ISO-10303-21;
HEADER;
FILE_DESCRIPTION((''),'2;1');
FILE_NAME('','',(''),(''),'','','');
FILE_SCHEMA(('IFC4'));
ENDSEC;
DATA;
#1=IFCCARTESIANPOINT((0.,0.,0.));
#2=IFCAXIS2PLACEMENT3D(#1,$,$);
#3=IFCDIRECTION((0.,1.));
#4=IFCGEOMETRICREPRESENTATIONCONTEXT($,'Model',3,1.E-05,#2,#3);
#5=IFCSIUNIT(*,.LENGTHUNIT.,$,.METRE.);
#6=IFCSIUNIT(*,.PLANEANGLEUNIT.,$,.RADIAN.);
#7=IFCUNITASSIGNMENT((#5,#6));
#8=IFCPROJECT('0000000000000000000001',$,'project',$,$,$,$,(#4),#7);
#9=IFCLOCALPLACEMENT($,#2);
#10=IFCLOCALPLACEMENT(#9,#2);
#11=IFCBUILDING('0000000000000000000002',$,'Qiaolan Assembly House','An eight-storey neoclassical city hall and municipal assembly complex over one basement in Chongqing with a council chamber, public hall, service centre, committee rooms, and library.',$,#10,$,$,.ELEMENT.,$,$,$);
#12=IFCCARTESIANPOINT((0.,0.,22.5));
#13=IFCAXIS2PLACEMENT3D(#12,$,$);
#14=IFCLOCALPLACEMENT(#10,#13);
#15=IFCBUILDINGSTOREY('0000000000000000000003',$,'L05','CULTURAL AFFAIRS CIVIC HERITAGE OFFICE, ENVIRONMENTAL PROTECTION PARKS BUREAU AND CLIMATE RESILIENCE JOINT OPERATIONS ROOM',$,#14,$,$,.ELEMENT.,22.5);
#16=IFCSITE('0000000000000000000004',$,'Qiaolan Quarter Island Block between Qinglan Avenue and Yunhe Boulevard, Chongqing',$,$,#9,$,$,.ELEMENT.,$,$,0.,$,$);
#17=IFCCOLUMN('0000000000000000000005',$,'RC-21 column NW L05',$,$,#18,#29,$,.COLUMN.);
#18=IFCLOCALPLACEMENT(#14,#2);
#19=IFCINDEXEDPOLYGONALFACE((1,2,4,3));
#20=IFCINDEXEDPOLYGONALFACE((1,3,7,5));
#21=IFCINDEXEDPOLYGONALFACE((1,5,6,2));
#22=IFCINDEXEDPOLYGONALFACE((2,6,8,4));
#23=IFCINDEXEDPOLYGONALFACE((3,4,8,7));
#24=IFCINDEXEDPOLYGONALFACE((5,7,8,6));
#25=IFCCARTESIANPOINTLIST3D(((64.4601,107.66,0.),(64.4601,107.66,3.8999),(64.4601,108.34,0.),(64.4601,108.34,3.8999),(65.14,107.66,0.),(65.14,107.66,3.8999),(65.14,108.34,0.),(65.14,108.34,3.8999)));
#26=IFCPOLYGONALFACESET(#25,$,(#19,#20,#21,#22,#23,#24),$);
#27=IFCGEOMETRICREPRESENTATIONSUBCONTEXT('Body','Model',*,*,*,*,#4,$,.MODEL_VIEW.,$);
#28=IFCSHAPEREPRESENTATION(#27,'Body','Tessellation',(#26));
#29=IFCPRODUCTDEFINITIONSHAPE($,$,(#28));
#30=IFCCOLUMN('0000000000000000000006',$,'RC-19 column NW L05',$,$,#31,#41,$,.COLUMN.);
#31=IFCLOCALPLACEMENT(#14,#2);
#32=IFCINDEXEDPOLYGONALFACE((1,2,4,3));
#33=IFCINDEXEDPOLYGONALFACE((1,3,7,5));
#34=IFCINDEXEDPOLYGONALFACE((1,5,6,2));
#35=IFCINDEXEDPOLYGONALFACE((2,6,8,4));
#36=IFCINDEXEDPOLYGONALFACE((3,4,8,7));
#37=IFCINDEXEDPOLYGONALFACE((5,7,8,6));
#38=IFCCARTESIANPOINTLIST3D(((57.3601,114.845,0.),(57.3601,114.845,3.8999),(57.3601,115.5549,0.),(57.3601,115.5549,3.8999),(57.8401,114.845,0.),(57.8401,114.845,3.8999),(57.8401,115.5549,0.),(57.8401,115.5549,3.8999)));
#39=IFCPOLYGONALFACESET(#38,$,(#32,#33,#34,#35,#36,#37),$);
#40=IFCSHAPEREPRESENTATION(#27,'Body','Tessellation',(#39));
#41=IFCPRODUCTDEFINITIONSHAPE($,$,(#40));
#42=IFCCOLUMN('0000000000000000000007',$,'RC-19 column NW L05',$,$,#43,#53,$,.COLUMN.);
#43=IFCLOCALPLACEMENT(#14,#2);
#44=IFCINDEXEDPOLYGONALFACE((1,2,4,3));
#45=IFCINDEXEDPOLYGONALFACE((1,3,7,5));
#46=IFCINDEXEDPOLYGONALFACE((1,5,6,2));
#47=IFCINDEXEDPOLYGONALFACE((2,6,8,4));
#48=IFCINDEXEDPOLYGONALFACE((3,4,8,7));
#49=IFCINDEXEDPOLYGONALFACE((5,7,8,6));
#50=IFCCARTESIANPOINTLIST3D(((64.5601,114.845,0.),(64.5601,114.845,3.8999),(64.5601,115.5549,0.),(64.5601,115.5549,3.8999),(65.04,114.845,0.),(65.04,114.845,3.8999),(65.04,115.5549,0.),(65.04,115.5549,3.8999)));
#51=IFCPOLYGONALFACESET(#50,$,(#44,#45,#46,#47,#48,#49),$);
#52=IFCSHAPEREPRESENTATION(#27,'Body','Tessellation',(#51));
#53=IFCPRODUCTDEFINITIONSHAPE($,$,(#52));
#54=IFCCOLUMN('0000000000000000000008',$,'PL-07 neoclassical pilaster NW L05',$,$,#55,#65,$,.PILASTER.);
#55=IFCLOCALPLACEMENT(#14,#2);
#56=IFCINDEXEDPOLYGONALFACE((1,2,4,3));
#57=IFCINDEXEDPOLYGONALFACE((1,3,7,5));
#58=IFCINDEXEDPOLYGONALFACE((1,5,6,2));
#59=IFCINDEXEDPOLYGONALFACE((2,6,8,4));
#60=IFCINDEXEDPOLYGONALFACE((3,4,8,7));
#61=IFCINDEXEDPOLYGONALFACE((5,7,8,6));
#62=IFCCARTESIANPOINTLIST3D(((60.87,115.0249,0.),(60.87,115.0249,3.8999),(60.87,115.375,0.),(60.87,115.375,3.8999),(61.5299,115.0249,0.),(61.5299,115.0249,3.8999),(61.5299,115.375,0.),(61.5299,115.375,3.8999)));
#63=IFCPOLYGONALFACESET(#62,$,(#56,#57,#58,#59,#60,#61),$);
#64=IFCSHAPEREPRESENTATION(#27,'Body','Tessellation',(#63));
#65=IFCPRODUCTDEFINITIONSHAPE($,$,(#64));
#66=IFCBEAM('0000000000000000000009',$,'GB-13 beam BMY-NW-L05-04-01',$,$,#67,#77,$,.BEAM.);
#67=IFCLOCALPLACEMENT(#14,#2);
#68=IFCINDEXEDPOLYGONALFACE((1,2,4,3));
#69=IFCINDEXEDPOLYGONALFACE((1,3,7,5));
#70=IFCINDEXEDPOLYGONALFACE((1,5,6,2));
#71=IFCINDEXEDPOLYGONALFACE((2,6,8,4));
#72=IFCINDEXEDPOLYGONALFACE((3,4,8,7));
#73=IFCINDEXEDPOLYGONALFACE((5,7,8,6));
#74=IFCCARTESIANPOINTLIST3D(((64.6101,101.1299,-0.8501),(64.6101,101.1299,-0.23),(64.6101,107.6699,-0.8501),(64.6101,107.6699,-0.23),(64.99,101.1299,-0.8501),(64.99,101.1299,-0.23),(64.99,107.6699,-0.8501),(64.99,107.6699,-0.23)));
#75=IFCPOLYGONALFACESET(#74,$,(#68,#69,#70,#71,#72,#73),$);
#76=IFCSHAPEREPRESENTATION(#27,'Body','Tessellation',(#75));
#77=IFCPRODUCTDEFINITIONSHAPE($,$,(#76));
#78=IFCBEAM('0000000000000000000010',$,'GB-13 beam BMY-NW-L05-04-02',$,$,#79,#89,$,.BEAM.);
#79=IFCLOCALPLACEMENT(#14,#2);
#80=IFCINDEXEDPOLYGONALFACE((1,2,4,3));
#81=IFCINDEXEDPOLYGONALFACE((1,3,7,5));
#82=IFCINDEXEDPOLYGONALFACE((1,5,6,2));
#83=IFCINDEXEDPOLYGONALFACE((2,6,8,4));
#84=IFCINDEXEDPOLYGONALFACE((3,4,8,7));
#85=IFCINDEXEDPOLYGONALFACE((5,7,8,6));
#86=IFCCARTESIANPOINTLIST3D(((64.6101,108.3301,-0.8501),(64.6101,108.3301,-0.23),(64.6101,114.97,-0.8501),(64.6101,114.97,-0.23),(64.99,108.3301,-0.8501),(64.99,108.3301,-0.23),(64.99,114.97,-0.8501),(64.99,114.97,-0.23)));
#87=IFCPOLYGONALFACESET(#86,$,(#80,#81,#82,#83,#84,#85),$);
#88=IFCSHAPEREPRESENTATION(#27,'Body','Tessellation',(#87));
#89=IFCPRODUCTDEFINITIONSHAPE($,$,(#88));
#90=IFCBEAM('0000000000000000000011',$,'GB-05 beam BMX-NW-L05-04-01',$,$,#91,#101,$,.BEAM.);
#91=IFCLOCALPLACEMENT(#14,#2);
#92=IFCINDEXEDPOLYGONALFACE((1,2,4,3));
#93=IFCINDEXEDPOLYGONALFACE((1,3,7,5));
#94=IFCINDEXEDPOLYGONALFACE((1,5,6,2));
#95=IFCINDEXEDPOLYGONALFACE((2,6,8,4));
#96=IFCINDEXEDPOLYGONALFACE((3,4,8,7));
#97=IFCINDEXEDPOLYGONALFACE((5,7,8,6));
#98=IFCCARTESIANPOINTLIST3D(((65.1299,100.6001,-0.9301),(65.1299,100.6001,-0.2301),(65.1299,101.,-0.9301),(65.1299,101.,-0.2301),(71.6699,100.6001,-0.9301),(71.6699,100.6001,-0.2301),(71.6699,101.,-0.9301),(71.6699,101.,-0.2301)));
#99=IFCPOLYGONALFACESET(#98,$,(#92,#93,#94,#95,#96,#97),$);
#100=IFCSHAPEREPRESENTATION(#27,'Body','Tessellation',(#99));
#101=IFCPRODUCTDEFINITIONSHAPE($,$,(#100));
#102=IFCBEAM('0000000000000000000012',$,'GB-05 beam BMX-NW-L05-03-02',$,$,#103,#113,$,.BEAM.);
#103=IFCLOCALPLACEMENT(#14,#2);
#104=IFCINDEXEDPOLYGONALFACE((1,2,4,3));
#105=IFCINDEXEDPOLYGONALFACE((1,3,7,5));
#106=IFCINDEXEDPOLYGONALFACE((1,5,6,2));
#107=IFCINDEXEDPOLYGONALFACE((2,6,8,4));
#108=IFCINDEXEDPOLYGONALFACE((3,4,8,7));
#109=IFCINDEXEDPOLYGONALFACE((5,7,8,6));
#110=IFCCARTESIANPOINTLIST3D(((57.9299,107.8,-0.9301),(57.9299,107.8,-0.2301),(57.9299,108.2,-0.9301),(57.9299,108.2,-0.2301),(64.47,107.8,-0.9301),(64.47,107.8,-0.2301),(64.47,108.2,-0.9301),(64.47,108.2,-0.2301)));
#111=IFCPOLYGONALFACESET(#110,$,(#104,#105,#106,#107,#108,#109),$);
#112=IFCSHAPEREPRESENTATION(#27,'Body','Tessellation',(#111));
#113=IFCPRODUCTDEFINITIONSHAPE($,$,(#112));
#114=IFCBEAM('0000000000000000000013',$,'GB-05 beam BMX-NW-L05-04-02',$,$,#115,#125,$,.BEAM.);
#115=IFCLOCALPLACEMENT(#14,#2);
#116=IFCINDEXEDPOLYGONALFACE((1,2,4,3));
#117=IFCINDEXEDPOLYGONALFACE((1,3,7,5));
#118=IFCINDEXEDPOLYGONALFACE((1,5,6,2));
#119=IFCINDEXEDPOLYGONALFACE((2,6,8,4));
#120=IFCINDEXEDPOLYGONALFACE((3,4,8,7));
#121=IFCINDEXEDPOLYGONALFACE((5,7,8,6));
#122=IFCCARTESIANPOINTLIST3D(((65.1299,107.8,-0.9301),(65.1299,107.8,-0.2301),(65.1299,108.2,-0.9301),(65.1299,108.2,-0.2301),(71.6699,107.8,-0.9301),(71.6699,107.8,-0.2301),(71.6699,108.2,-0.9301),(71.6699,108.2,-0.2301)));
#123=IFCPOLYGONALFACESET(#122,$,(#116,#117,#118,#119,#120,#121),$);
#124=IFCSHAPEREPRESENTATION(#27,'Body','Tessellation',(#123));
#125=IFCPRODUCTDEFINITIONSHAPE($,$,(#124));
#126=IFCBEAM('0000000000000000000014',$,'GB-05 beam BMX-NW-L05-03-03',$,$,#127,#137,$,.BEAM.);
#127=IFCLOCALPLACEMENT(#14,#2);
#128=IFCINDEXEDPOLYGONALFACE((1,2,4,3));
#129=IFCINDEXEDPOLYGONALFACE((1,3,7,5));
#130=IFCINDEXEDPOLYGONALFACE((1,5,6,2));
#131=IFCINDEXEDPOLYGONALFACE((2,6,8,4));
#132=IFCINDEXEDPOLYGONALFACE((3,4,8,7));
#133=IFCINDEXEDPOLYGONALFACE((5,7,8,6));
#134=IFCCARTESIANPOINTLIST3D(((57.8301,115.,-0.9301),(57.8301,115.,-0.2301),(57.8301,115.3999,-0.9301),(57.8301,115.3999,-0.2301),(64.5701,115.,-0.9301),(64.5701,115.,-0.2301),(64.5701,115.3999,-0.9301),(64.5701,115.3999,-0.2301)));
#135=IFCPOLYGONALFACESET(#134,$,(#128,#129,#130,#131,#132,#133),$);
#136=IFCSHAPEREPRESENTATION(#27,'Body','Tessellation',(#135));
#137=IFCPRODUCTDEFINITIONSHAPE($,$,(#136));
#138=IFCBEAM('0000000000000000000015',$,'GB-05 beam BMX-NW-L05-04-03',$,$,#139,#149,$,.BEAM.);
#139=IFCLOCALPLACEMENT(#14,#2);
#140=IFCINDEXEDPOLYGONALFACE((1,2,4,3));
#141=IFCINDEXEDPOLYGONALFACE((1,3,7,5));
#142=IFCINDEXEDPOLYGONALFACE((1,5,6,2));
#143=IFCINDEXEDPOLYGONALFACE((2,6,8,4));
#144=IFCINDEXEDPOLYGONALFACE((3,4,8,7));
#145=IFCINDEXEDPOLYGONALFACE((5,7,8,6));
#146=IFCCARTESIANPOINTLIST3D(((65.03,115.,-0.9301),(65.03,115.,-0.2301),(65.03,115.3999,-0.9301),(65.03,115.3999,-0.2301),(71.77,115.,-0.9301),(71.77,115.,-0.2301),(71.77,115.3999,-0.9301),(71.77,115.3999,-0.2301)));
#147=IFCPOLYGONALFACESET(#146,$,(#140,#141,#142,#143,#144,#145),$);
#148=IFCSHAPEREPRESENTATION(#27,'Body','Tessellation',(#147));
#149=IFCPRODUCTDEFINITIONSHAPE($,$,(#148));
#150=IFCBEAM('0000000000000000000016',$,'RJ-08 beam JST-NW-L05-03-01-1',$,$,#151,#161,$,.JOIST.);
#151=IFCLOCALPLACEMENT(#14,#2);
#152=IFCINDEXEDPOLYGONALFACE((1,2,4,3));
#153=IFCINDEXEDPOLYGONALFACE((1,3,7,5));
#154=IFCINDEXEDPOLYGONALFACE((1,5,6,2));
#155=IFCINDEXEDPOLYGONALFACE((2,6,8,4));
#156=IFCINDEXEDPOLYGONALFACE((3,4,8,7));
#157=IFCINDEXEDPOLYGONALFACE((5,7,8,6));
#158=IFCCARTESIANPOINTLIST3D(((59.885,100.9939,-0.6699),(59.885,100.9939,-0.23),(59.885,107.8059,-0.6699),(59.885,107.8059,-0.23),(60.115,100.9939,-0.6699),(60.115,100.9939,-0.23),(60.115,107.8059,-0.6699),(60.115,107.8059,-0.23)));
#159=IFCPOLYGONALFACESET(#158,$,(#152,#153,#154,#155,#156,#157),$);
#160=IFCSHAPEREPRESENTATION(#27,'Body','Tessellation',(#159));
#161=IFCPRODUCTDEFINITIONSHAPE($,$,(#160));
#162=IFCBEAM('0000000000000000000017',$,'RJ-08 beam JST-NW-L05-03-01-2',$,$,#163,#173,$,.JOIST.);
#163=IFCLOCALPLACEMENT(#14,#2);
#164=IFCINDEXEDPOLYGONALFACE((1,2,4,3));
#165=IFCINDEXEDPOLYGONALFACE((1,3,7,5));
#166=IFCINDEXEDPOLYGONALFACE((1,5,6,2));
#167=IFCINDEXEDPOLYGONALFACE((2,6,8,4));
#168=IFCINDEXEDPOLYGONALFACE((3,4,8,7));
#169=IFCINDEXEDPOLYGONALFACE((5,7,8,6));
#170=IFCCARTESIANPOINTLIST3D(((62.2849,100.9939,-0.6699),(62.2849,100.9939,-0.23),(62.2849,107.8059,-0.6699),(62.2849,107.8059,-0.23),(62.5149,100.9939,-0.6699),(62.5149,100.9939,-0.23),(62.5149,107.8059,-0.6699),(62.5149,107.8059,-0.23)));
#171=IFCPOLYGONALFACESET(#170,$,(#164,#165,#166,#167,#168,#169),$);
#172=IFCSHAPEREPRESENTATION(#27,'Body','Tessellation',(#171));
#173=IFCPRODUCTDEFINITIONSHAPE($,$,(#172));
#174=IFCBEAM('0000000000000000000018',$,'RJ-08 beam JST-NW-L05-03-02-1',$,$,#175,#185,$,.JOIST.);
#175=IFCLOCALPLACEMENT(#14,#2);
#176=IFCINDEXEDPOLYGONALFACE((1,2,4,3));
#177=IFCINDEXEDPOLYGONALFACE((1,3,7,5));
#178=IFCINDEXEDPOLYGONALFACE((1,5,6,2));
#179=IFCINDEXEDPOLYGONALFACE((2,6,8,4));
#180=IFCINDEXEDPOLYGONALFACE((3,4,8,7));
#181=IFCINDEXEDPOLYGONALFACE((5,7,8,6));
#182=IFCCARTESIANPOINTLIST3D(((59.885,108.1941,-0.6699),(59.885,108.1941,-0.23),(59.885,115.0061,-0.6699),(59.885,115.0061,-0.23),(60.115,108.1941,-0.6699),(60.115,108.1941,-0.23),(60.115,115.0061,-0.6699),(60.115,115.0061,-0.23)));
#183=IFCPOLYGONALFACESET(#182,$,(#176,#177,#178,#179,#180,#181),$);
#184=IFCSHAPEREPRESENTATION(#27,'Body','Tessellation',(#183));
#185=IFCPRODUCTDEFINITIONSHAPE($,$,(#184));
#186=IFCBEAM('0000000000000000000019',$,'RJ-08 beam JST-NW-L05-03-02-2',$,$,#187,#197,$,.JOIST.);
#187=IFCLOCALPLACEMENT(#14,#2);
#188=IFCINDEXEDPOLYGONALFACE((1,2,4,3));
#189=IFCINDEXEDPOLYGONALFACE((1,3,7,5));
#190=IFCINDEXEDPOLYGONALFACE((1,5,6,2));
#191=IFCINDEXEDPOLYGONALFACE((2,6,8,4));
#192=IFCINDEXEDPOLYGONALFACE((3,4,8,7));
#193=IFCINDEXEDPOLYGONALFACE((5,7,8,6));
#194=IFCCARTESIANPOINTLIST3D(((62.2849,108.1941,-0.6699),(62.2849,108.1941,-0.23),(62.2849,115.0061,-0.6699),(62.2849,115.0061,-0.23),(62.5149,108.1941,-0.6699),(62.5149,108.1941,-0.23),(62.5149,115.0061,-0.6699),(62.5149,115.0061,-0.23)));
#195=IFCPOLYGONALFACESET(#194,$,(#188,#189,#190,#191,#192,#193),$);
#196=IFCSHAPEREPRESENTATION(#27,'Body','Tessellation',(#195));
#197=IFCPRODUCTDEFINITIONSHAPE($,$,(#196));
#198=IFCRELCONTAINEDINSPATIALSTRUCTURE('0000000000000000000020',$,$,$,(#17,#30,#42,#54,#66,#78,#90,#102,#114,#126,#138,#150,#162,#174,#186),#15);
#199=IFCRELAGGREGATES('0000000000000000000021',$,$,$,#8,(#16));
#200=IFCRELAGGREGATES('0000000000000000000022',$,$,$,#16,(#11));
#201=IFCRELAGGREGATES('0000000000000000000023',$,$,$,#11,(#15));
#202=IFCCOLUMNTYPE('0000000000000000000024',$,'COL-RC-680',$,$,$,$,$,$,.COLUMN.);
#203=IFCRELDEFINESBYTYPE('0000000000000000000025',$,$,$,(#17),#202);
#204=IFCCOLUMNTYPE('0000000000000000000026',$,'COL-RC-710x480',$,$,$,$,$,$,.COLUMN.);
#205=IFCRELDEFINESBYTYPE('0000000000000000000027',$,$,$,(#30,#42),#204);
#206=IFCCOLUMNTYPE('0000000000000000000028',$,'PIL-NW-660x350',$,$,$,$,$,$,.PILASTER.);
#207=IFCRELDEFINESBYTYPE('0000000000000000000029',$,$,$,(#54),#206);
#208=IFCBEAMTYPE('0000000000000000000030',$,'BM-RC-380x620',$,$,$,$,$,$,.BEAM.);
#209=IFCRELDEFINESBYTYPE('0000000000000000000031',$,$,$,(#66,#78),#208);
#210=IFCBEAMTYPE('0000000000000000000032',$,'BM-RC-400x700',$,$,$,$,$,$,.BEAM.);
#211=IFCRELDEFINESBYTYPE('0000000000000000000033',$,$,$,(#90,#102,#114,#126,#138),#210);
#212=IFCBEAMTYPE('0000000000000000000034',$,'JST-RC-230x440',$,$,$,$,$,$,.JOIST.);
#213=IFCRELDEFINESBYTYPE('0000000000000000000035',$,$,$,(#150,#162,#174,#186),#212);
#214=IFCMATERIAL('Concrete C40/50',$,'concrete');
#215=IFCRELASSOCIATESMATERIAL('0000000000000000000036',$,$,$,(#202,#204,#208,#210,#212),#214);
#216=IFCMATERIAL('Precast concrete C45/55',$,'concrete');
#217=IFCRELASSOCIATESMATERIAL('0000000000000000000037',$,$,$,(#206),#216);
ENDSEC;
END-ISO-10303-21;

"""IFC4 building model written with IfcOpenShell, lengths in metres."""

from ifc_helpers import new_model, si_unit, direction, frame, origin, origin_2d, place, context, subcontext, project, spatial, rectangle, extrude, material, material_profile, profile_set, type_object, element, save


model = new_model("IFC4")

# Units and contexts
model_context = context("Model", 3, precision=1e-05, world=origin(), true_north=direction((0.0, 1.0)))
body_context = subcontext(model_context, "Body", "Model", "MODEL_VIEW")
ifc_project = project(units=[si_unit("LENGTHUNIT", "METRE"), si_unit("PLANEANGLEUNIT", "RADIAN")], contexts=[model_context])

# Site, building, storey
site_placement = place(None, origin())
site = spatial("IfcSite", under=ifc_project, at=site_placement, Name="Qiaolan Quarter Island Block between Qinglan Avenue and Yunhe Boulevard, Chongqing", CompositionType="ELEMENT", RefElevation=0.0)
building_placement = place(site_placement, origin())
building = spatial("IfcBuilding", under=site, at=building_placement, Name="Qiaolan Assembly House", Description="An eight-storey neoclassical city hall and municipal assembly complex over one basement in Chongqing with a council chamber, public hall, service centre, committee rooms, and library.", CompositionType="ELEMENT")
storey_placement = place(building_placement, frame((0.0, 0.0, 22.5)))
storey = spatial("IfcBuildingStorey", under=building, at=storey_placement, Name="L05", Description="CULTURAL AFFAIRS CIVIC HERITAGE OFFICE, ENVIRONMENTAL PROTECTION PARKS BUREAU AND CLIMATE RESILIENCE JOINT OPERATIONS ROOM", CompositionType="ELEMENT", Elevation=22.5)

# Columns
ifc_material_1 = material(Name="Concrete C40/50", Category="concrete")
ifc_material_profile_1 = material_profile(ifc_material_1, rectangle(XDim=0.6799, YDim=0.6799, at=origin_2d()), Name="RC 680x680")
ifc_profile_set_1 = profile_set([ifc_material_profile_1], Name="Concrete C40/50")
column_type_1 = type_object("IfcColumnType", Name="COL-RC-680", PredefinedType="COLUMN", material=ifc_profile_set_1)
column_1_placement = place(storey_placement, frame((64.8, 108.0, 0.0), z_axis=(0.0, 0.0, 1.0), x_axis=(1.0, 0.0, 0.0)))
element("IfcColumn", 1, at=column_1_placement, inside=storey, type_object=column_type_1, Name="RC-21 column NW L05", PredefinedType="COLUMN", context=body_context, shape_type="SweptSolid", body=[
    extrude(rectangle(XDim=0.6799, YDim=0.6799, at=origin_2d()), origin(), (0.0, 0.0, 1.0), 3.8999),
])
ifc_material_profile_2 = material_profile(ifc_material_1, rectangle(XDim=0.48, YDim=0.71, at=origin_2d()), Name="RC 710x480")
ifc_profile_set_2 = profile_set([ifc_material_profile_2], Name="Concrete C40/50")
column_type_2 = type_object("IfcColumnType", Name="COL-RC-710x480", PredefinedType="COLUMN", material=ifc_profile_set_2)
for number, where, z_axis, x_axis, name in (
    (2, (57.6001, 115.2, 0.0), (0.0, 0.0, 1.0), (1.0, 0.0, 0.0), "RC-19 column NW L05"),
    (3, (64.8, 115.2, 0.0), (0.0, 0.0, 1.0), (1.0, 0.0, 0.0), "RC-19 column NW L05"),
):
    element("IfcColumn", number, at=place(storey_placement, frame(where, z_axis=z_axis, x_axis=x_axis)), inside=storey, type_object=column_type_2, Name=name, PredefinedType="COLUMN", context=body_context, shape_type="SweptSolid", body=[
        extrude(rectangle(XDim=0.48, YDim=0.71, at=origin_2d()), origin(), (0.0, 0.0, 1.0), 3.8999),
    ])
ifc_material_2 = material(Name="Precast concrete C45/55", Category="concrete")
ifc_material_profile_3 = material_profile(ifc_material_2, rectangle(XDim=0.6599, YDim=0.3501, at=origin_2d()), Name="PIL 660x350")
ifc_profile_set_3 = profile_set([ifc_material_profile_3], Name="Precast concrete C45/55")
column_type_3 = type_object("IfcColumnType", Name="PIL-NW-660x350", PredefinedType="PILASTER", material=ifc_profile_set_3)
column_2_placement = place(storey_placement, frame((61.2, 115.2, 0.0), z_axis=(0.0, 0.0, 1.0), x_axis=(1.0, 0.0, 0.0)))
element("IfcColumn", 4, at=column_2_placement, inside=storey, type_object=column_type_3, Name="PL-07 neoclassical pilaster NW L05", PredefinedType="PILASTER", context=body_context, shape_type="SweptSolid", body=[
    extrude(rectangle(XDim=0.6599, YDim=0.3501, at=origin_2d()), origin(), (0.0, 0.0, 1.0), 3.8999),
])

# Beams
ifc_material_profile_4 = material_profile(ifc_material_1, rectangle(XDim=0.3799, YDim=0.6201, at=origin_2d()), Name="RCB 380x620")
ifc_profile_set_4 = profile_set([ifc_material_profile_4], Name="Concrete C40/50")
beam_type_1 = type_object("IfcBeamType", Name="BM-RC-380x620", PredefinedType="BEAM", material=ifc_profile_set_4)
beam_1_placement = place(storey_placement, frame((64.8, 101.1299, -0.54), z_axis=(0.0, 1.0, 0.0), x_axis=(-1.0, 0.0, 0.0)))
element("IfcBeam", 5, at=beam_1_placement, inside=storey, type_object=beam_type_1, Name="GB-13 beam BMY-NW-L05-04-01", PredefinedType="BEAM", context=body_context, shape_type="SweptSolid", body=[
    extrude(rectangle(XDim=0.3799, YDim=0.6201, at=origin_2d()), origin(), (0.0, 0.0, 1.0), 6.54),
])
beam_2_placement = place(storey_placement, frame((64.8, 108.3301, -0.54), z_axis=(0.0, 1.0, 0.0), x_axis=(-1.0, 0.0, 0.0)))
element("IfcBeam", 6, at=beam_2_placement, inside=storey, type_object=beam_type_1, Name="GB-13 beam BMY-NW-L05-04-02", PredefinedType="BEAM", context=body_context, shape_type="SweptSolid", body=[
    extrude(rectangle(XDim=0.3799, YDim=0.6201, at=origin_2d()), origin(), (0.0, 0.0, 1.0), 6.6399),
])
ifc_material_profile_5 = material_profile(ifc_material_1, rectangle(XDim=0.3999, YDim=0.7, at=origin_2d()), Name="RCB 400x700")
ifc_profile_set_5 = profile_set([ifc_material_profile_5], Name="Concrete C40/50")
beam_type_2 = type_object("IfcBeamType", Name="BM-RC-400x700", PredefinedType="BEAM", material=ifc_profile_set_5)
for number, where, z_axis, x_axis, name in (
    (7, (65.1299, 100.8, -0.5801), (1.0, 0.0, 0.0), (0.0, 1.0, 0.0), "GB-05 beam BMX-NW-L05-04-01"),
    (8, (57.9299, 108.0, -0.5801), (1.0, 0.0, 0.0), (0.0, 1.0, 0.0), "GB-05 beam BMX-NW-L05-03-02"),
    (9, (65.1299, 108.0, -0.5801), (1.0, 0.0, 0.0), (0.0, 1.0, 0.0), "GB-05 beam BMX-NW-L05-04-02"),
):
    element("IfcBeam", number, at=place(storey_placement, frame(where, z_axis=z_axis, x_axis=x_axis)), inside=storey, type_object=beam_type_2, Name=name, PredefinedType="BEAM", context=body_context, shape_type="SweptSolid", body=[
        extrude(rectangle(XDim=0.3999, YDim=0.7, at=origin_2d()), origin(), (0.0, 0.0, 1.0), 6.54),
    ])
for number, where, z_axis, x_axis, name in (
    (10, (57.8301, 115.2, -0.5801), (1.0, 0.0, 0.0), (0.0, 1.0, 0.0), "GB-05 beam BMX-NW-L05-03-03"),
    (11, (65.03, 115.2, -0.5801), (1.0, 0.0, 0.0), (0.0, 1.0, 0.0), "GB-05 beam BMX-NW-L05-04-03"),
):
    element("IfcBeam", number, at=place(storey_placement, frame(where, z_axis=z_axis, x_axis=x_axis)), inside=storey, type_object=beam_type_2, Name=name, PredefinedType="BEAM", context=body_context, shape_type="SweptSolid", body=[
        extrude(rectangle(XDim=0.3999, YDim=0.7, at=origin_2d()), origin(), (0.0, 0.0, 1.0), 6.74),
    ])
ifc_material_profile_6 = material_profile(ifc_material_1, rectangle(XDim=0.23, YDim=0.4399, at=origin_2d()), Name="RCB 230x440")
ifc_profile_set_6 = profile_set([ifc_material_profile_6], Name="Concrete C40/50")
beam_type_3 = type_object("IfcBeamType", Name="JST-RC-230x440", PredefinedType="JOIST", material=ifc_profile_set_6)
for number, where, z_axis, x_axis, name in (
    (12, (60.0, 100.9939, -0.45), (0.0, 1.0, 0.0), (-1.0, 0.0, 0.0), "RJ-08 beam JST-NW-L05-03-01-1"),
    (13, (62.3999, 100.9939, -0.45), (0.0, 1.0, 0.0), (-1.0, 0.0, 0.0), "RJ-08 beam JST-NW-L05-03-01-2"),
    (14, (60.0, 108.1941, -0.45), (0.0, 1.0, 0.0), (-1.0, 0.0, 0.0), "RJ-08 beam JST-NW-L05-03-02-1"),
    (15, (62.3999, 108.1941, -0.45), (0.0, 1.0, 0.0), (-1.0, 0.0, 0.0), "RJ-08 beam JST-NW-L05-03-02-2"),
):
    element("IfcBeam", number, at=place(storey_placement, frame(where, z_axis=z_axis, x_axis=x_axis)), inside=storey, type_object=beam_type_3, Name=name, PredefinedType="JOIST", context=body_context, shape_type="SweptSolid", body=[
        extrude(rectangle(XDim=0.23, YDim=0.4399, at=origin_2d()), origin(), (0.0, 0.0, 1.0), 6.812),
    ])

save(model, "model.ifc")
